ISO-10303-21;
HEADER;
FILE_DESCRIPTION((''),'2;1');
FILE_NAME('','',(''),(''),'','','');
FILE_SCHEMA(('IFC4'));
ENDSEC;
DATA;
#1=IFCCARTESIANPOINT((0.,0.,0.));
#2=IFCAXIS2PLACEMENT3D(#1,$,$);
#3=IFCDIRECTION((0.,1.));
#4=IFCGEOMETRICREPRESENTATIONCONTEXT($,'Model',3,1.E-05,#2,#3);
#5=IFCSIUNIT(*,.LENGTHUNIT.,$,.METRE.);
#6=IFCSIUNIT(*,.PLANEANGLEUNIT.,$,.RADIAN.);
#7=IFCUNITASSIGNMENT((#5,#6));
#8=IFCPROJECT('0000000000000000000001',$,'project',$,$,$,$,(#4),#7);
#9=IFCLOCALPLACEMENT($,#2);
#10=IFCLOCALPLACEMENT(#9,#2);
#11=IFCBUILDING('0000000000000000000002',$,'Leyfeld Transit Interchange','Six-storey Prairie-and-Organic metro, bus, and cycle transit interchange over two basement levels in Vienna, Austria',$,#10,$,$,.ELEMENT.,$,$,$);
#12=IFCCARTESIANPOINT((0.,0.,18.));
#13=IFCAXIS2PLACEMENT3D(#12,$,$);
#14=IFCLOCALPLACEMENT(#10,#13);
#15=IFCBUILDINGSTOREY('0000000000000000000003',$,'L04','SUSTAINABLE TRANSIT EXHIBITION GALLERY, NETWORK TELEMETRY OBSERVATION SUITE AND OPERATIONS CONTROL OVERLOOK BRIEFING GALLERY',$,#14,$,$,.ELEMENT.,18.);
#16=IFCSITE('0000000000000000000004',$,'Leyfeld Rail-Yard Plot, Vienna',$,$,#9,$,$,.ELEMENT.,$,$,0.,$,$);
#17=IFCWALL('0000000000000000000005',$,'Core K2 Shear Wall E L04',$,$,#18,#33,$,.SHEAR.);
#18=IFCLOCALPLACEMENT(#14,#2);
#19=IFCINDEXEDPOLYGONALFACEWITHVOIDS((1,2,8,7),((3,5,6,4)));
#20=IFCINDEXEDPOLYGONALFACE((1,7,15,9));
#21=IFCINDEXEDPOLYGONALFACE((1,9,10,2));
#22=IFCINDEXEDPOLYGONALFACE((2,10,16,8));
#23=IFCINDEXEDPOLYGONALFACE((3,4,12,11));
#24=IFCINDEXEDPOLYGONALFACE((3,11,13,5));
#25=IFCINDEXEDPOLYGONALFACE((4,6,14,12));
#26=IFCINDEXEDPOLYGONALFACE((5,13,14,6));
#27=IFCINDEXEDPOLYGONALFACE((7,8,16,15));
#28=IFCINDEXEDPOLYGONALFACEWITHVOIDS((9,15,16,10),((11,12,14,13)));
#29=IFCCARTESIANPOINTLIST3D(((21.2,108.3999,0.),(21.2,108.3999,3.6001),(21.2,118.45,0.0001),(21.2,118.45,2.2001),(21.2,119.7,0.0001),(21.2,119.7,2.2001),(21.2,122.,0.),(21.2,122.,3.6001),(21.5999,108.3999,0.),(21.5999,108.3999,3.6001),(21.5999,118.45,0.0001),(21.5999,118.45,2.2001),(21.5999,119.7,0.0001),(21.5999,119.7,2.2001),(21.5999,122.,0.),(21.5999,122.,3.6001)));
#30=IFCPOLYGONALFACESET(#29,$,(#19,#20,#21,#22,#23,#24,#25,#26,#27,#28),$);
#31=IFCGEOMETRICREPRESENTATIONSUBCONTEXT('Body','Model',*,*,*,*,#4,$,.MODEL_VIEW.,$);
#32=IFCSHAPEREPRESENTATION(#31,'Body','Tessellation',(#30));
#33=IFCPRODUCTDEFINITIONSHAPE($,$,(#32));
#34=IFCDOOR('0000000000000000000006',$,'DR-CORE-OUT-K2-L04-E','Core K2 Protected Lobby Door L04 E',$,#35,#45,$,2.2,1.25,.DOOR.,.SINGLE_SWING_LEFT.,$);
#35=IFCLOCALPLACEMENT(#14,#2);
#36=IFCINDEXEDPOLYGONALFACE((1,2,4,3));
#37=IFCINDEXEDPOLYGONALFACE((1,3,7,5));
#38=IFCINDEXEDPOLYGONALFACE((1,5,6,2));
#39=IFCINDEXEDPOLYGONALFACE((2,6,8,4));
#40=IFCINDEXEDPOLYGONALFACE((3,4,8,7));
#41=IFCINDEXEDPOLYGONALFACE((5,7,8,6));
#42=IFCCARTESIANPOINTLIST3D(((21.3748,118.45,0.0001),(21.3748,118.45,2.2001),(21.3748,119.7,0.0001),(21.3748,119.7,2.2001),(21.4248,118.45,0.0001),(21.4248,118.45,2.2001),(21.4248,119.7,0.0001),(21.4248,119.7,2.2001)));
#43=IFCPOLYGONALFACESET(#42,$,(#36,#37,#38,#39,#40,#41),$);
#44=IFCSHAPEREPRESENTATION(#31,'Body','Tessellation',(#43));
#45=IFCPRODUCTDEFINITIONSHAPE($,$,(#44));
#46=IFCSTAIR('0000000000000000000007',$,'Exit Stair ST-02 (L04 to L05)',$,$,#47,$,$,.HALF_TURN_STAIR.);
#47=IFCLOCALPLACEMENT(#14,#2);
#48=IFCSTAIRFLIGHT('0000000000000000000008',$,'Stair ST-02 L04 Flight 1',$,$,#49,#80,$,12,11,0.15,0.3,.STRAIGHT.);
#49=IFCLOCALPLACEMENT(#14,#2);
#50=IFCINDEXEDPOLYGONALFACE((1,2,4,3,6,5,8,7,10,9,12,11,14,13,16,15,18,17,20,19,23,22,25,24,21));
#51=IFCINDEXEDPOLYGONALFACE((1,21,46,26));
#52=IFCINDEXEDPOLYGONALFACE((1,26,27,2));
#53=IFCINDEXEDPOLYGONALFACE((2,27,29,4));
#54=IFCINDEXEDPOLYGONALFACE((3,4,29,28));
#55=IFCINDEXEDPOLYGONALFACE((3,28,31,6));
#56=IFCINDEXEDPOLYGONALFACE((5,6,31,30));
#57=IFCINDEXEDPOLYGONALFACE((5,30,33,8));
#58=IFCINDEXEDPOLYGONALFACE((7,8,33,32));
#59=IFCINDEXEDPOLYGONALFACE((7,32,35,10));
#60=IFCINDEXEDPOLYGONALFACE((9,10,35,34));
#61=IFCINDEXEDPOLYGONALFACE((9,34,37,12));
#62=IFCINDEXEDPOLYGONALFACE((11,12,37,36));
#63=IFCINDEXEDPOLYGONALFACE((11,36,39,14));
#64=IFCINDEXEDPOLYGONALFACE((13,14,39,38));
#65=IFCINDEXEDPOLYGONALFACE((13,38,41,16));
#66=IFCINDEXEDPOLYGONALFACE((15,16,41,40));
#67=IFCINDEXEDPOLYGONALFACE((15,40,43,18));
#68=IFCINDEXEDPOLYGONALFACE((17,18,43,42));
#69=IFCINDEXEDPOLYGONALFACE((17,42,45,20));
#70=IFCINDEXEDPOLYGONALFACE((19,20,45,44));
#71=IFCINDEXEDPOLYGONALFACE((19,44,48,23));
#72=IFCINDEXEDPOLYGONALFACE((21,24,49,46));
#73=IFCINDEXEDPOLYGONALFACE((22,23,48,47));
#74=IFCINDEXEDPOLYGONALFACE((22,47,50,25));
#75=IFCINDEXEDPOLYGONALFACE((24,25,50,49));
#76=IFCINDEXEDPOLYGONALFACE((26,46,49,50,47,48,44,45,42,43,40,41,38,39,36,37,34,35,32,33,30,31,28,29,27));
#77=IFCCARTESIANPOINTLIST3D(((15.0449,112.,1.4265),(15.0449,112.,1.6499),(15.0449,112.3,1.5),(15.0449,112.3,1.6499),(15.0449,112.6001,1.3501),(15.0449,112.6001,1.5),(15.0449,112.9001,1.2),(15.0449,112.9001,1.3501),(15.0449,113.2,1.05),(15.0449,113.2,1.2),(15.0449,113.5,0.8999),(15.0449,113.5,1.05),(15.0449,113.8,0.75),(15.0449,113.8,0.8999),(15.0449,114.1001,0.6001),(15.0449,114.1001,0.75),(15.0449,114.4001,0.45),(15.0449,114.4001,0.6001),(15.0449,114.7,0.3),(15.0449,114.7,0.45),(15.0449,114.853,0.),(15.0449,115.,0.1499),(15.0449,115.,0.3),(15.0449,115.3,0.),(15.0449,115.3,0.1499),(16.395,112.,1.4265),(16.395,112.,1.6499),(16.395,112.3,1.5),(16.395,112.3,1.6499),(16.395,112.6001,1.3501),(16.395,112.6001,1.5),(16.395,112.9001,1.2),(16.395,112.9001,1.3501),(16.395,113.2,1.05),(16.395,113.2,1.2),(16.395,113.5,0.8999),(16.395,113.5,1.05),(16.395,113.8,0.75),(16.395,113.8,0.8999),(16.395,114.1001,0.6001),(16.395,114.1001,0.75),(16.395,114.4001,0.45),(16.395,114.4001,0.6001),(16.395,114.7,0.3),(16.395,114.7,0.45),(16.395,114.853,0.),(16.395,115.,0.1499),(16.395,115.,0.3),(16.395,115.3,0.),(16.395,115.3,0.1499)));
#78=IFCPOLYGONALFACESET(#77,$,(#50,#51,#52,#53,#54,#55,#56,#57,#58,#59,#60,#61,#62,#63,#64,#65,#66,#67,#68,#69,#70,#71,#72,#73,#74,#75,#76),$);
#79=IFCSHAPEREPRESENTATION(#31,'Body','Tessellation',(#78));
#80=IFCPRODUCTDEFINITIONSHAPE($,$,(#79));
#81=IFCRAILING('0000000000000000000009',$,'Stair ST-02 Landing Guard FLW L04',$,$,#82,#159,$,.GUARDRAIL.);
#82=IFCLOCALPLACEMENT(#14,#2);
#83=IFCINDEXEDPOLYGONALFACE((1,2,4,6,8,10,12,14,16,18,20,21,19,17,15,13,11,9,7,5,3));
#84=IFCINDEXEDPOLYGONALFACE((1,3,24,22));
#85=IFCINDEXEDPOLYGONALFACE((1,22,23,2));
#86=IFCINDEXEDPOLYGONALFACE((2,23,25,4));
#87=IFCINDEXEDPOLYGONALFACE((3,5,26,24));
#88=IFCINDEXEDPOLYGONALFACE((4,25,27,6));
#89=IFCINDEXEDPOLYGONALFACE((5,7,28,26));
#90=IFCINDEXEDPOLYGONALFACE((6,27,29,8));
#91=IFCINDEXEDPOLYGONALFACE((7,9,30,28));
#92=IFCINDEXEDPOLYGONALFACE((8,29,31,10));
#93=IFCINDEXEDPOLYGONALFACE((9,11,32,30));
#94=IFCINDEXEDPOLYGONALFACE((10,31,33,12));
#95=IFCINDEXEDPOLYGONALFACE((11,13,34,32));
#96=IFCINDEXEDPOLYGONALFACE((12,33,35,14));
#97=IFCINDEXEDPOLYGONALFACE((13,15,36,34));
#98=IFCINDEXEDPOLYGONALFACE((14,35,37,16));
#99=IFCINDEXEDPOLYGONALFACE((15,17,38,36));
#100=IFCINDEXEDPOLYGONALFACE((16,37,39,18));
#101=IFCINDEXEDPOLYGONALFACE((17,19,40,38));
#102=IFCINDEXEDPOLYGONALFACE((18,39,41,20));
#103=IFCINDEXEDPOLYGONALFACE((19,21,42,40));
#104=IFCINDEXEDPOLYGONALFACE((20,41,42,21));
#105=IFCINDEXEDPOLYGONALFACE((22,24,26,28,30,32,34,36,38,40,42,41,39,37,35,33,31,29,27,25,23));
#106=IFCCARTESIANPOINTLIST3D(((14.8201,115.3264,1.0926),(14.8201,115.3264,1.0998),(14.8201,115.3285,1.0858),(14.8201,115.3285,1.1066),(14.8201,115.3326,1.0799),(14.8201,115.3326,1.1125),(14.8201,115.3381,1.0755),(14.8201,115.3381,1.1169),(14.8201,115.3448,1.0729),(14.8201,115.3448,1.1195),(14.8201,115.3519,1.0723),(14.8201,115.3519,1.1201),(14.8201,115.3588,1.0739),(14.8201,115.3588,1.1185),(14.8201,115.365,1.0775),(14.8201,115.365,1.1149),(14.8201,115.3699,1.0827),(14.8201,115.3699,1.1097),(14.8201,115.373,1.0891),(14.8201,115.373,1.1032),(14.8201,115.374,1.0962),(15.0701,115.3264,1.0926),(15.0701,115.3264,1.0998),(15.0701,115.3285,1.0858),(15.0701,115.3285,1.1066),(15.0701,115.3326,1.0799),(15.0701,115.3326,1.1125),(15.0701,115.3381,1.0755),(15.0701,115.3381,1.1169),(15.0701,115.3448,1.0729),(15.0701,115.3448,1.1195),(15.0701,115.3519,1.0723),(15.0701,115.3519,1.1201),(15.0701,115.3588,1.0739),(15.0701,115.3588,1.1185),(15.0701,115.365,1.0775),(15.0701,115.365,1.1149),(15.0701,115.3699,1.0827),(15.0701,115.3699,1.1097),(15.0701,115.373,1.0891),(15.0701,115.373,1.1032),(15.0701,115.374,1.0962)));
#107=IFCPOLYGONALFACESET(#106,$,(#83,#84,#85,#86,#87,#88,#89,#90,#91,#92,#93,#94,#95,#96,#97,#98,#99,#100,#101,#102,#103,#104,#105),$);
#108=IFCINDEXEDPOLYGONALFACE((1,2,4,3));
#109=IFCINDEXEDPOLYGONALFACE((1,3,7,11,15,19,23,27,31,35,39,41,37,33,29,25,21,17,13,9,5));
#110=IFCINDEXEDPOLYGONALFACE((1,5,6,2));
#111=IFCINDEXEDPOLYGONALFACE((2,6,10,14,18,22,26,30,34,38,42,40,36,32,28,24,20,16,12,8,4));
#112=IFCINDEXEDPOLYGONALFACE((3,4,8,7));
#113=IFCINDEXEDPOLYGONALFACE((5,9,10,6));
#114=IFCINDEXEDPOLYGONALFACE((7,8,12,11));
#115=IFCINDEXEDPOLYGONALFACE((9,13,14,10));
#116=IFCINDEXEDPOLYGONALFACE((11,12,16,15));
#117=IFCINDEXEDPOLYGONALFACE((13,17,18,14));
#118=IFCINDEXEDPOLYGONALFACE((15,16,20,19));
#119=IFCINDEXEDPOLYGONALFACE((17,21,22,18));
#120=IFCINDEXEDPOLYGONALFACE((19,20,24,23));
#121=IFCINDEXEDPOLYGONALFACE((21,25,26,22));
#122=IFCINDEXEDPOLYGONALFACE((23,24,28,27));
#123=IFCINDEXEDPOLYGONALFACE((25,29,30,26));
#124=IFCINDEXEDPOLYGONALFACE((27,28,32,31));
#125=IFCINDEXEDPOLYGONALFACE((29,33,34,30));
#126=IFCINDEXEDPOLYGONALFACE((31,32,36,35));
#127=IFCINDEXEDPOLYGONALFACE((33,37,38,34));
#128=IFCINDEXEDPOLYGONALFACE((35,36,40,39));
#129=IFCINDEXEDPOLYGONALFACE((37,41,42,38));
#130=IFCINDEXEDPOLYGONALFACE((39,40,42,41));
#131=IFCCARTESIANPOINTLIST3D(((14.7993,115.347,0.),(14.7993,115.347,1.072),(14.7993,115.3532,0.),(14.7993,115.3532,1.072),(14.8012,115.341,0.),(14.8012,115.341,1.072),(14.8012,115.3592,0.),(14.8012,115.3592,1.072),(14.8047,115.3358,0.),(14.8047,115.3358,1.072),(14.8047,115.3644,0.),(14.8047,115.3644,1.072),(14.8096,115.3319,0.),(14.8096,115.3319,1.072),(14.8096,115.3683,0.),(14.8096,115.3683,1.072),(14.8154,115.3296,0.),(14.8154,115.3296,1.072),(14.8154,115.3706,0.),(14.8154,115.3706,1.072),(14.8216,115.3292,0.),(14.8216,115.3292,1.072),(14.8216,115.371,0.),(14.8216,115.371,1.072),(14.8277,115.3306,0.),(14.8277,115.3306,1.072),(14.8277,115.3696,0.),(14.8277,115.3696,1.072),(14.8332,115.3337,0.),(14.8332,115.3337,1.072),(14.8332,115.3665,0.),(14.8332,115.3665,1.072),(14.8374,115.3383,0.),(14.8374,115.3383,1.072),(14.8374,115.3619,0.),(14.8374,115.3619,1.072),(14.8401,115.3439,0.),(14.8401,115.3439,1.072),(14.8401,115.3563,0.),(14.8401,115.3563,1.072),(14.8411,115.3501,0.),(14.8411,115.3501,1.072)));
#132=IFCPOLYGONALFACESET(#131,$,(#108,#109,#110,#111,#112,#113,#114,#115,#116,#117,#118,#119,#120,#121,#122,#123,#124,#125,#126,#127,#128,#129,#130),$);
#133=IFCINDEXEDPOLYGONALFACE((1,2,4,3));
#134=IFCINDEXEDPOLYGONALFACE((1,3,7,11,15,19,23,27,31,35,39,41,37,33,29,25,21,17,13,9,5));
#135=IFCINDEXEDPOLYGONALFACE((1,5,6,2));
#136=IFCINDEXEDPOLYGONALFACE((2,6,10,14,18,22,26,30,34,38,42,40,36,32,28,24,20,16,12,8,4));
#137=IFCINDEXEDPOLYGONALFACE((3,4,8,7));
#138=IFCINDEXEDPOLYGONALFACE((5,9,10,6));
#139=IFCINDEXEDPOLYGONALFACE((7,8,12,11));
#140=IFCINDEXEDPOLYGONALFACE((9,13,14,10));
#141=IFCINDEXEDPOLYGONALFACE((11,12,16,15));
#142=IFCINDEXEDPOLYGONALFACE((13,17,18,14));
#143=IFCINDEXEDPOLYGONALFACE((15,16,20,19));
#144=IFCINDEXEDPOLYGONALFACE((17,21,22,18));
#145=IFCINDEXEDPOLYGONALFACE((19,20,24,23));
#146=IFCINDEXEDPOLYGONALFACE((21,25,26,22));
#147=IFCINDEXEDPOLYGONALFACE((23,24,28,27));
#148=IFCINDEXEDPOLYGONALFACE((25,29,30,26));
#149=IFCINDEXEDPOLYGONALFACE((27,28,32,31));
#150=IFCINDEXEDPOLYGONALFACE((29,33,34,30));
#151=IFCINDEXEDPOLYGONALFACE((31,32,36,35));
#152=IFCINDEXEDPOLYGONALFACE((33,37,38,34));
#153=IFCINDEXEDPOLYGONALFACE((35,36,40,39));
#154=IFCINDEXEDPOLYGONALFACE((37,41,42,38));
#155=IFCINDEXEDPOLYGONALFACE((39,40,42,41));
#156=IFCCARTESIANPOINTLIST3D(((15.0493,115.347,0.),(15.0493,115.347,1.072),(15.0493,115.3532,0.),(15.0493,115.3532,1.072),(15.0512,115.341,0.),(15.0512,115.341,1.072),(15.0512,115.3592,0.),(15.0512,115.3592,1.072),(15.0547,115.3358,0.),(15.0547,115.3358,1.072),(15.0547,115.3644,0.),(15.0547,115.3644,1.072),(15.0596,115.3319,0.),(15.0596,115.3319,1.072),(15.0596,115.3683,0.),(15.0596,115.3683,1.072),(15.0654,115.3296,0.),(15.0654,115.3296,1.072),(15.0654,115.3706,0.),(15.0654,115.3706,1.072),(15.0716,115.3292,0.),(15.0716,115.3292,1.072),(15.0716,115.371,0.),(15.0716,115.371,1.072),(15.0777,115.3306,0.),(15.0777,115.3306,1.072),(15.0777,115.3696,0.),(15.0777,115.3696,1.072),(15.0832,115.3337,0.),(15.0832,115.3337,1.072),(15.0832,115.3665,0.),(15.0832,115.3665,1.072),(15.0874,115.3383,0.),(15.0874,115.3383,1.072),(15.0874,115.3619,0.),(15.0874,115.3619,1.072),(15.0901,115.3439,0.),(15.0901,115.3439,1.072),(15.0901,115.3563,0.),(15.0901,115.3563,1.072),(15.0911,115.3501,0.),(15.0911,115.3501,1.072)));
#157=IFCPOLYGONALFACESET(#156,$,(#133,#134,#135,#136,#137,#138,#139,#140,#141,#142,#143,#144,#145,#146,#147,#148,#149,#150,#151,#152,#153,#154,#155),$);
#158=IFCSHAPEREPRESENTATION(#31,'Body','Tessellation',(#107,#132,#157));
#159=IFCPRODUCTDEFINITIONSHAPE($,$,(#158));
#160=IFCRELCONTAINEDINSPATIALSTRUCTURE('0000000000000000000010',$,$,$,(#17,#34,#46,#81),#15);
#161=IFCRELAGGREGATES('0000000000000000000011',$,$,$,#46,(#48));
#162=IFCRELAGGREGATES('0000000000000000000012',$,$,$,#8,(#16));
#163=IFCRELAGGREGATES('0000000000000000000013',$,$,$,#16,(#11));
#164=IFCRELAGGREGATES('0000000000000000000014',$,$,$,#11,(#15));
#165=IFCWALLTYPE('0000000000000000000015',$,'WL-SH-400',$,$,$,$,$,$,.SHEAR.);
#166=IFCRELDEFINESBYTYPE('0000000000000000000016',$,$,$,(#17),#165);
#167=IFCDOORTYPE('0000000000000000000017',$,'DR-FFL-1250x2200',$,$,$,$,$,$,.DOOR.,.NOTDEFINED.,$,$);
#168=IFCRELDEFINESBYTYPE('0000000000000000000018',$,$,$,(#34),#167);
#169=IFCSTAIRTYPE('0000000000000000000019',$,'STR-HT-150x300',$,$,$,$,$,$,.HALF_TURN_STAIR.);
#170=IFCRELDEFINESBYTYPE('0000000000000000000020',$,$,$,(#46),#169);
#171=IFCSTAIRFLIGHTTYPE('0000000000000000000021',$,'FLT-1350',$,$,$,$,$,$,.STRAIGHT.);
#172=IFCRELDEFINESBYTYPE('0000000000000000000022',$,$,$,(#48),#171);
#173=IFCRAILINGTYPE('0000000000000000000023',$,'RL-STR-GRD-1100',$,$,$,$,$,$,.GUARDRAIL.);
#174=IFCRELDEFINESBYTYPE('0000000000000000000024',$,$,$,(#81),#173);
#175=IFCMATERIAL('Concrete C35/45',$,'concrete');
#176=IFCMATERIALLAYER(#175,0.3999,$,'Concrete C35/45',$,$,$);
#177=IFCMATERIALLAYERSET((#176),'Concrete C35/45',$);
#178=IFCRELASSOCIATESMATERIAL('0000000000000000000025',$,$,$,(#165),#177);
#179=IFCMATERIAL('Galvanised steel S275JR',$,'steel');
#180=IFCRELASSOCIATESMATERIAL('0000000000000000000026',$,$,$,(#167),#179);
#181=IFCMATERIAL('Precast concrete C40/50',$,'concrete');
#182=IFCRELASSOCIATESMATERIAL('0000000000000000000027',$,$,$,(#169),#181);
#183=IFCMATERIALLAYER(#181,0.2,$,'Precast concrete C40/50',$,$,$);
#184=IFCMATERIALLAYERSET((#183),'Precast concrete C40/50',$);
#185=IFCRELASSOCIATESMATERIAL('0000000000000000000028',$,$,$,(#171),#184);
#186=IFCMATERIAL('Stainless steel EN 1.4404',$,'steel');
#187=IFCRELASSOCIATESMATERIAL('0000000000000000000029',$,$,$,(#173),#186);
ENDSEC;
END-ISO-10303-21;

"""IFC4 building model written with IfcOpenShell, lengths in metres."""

from ifc_helpers import new_model, si_unit, direction, frame, frame_2d, origin, origin_2d, place, context, subcontext, project, spatial, polyline, rectangle, circle, outline, extrude, material, layer, layer_set, type_object, element, fill, aggregate, save


model = new_model("IFC4")

# Units and contexts
model_context = context("Model", 3, precision=1e-05, world=origin(), true_north=direction((0.0, 1.0)))
body_context = subcontext(model_context, "Body", "Model", "MODEL_VIEW")
ifc_project = project(units=[si_unit("LENGTHUNIT", "METRE"), si_unit("PLANEANGLEUNIT", "RADIAN")], contexts=[model_context])

# Site, building, storey
site_placement = place(None, origin())
site = spatial("IfcSite", under=ifc_project, at=site_placement, Name="Leyfeld Rail-Yard Plot, Vienna", CompositionType="ELEMENT", RefElevation=0.0)
building_placement = place(site_placement, origin())
building = spatial("IfcBuilding", under=site, at=building_placement, Name="Leyfeld Transit Interchange", Description="Six-storey Prairie-and-Organic metro, bus, and cycle transit interchange over two basement levels in Vienna, Austria", CompositionType="ELEMENT")
storey_placement = place(building_placement, frame((0.0, 0.0, 18.0)))
storey = spatial("IfcBuildingStorey", under=building, at=storey_placement, Name="L04", Description="SUSTAINABLE TRANSIT EXHIBITION GALLERY, NETWORK TELEMETRY OBSERVATION SUITE AND OPERATIONS CONTROL OVERLOOK BRIEFING GALLERY", CompositionType="ELEMENT", Elevation=18.0)

# Shared definitions
ifc_material_1 = material(Name="Concrete C35/45", Category="concrete")

# Shared definitions
ifc_material_2 = material(Name="Stainless steel EN 1.4404", Category="steel")
ifc_material_3 = material(Name="Galvanised steel S275JR", Category="steel")

# Shared definitions
ifc_layer_1 = layer(ifc_material_1, 0.3999, Name="Concrete C35/45")
ifc_layer_set_1 = layer_set([ifc_layer_1], Name="Concrete C35/45")
wall_type_1 = type_object("IfcWallType", Name="WL-SH-400", PredefinedType="SHEAR", material=ifc_layer_set_1)

# Wall, opening, door
wall_1_placement = place(storey_placement, frame((21.3999, 122.0, 0.0), z_axis=(0.0, 0.0, 1.0), x_axis=(0.0, -1.0, 0.0)))
wall_1 = element("IfcWall", 1, at=wall_1_placement, inside=storey, type_object=wall_type_1, Name="Core K2 Shear Wall E L04", PredefinedType="SHEAR", context=body_context, shape_type="SweptSolid", body=[
    extrude(rectangle(XDim=13.6001, YDim=0.3999, at=frame_2d((6.8, 0.0))), origin(), (0.0, 0.0, 1.0), 3.6001),
])
opening_1_placement = place(wall_1_placement, frame((2.3, 0.0, 0.0)))
opening_1 = element("IfcOpeningElement", 2, at=opening_1_placement, cuts=wall_1, PredefinedType="OPENING", context=body_context, shape_type="SweptSolid", body=[
    extrude(rectangle(XDim=1.25, YDim=2.2, at=frame_2d((0.625, 1.1001))), frame((0.0, 0.21, 0.0), z_axis=(0.0, -1.0, 0.0), x_axis=(1.0, 0.0, 0.0)), (0.0, 0.0, 1.0), 0.4199),
])
door_type_1 = type_object("IfcDoorType", Name="DR-FFL-1250x2200", OperationType="NOTDEFINED", PredefinedType="DOOR", material=ifc_material_3)
door_1_placement = place(opening_1_placement, origin())
door_1 = element("IfcDoor", 3, at=door_1_placement, inside=storey, type_object=door_type_1, Name="DR-CORE-OUT-K2-L04-E", Description="Core K2 Protected Lobby Door L04 E", OperationType="SINGLE_SWING_LEFT", OverallHeight=2.2, OverallWidth=1.25, PredefinedType="DOOR", context=body_context, shape_type="SweptSolid", body=[
    extrude(rectangle(XDim=1.25, YDim=2.2, at=frame_2d((0.625, 1.1001))), frame((0.0, 0.0249, 0.0), z_axis=(0.0, -1.0, 0.0), x_axis=(1.0, 0.0, 0.0)), (0.0, 0.0, 1.0), 0.05),
])
fill(opening_1, door_1)

# Stair, stair flight
ifc_material_4 = material(Name="Precast concrete C40/50", Category="concrete")
stair_type = type_object("IfcStairType", Name="STR-HT-150x300", PredefinedType="HALF_TURN_STAIR", material=ifc_material_4)
stair_placement = place(storey_placement, origin())
stair = element("IfcStair", 4, at=stair_placement, inside=storey, type_object=stair_type, Name="Exit Stair ST-02 (L04 to L05)", PredefinedType="HALF_TURN_STAIR")
ifc_layer_2 = layer(ifc_material_4, 0.2, Name="Precast concrete C40/50")
ifc_layer_set_2 = layer_set([ifc_layer_2], Name="Precast concrete C40/50")
stair_flight_type = type_object("IfcStairFlightType", Name="FLT-1350", PredefinedType="STRAIGHT", material=ifc_layer_set_2)
stair_flight_placement = place(storey_placement, frame((15.72, 115.3, 0.0), z_axis=(0.0, 0.0, 1.0), x_axis=(0.0, -1.0, 0.0)))
stair_flight = element("IfcStairFlight", 5, at=stair_flight_placement, type_object=stair_flight_type, Name="Stair ST-02 L04 Flight 1", NumberOfRisers=12, NumberOfTreads=11, PredefinedType="STRAIGHT", RiserHeight=0.15, TreadLength=0.3, context=body_context, shape_type="SweptSolid", body=[
    extrude(outline(polyline([(0.0, 0.0), (0.0, 0.1499), (0.3, 0.1499), (0.3, 0.3), (0.6001, 0.3), (0.6001, 0.45), (0.8999, 0.45), (0.8999, 0.6001), (1.2, 0.6001), (1.2, 0.75), (1.5, 0.75), (1.5, 0.8999), (1.8, 0.8999), (1.8, 1.05), (2.1001, 1.05), (2.1001, 1.2), (2.3999, 1.2), (2.3999, 1.3501), (2.7, 1.3501), (2.7, 1.5), (3.0, 1.5), (3.0, 1.6499), (3.3, 1.6499), (3.3, 1.8), (3.3, 1.4265), (0.447, 0.0), (0.0, 0.0)])), frame((0.0, 0.675, 0.0), z_axis=(0.0, -1.0, 0.0), x_axis=(1.0, 0.0, 0.0)), (0.0, 0.0, 1.0), 1.3501),
])
aggregate(stair, [stair_flight])

# Railing
railing_type_1 = type_object("IfcRailingType", Name="RL-STR-GRD-1100", PredefinedType="GUARDRAIL", material=ifc_material_2)
railing_1_placement = place(storey_placement, frame((14.8201, 115.3501, 0.0)))
element("IfcRailing", 6, at=railing_1_placement, inside=storey, type_object=railing_type_1, Name="Stair ST-02 Landing Guard FLW L04", PredefinedType="GUARDRAIL", context=body_context, shape_type="SweptSolid", body=[
    extrude(circle(Radius=0.0239, at=origin_2d()), frame((0.0, 0.0, 1.0962), z_axis=(1.0, 0.0, 0.0), x_axis=(0.0, 1.0, 0.0)), (0.0, 0.0, 1.0), 0.25),
    extrude(circle(Radius=0.021, at=origin_2d()), origin(), (0.0, 0.0, 1.0), 1.072),
    extrude(circle(Radius=0.021, at=origin_2d()), frame((0.25, 0.0, 0.0)), (0.0, 0.0, 1.0), 1.072),
])

save(model, "model.ifc")
